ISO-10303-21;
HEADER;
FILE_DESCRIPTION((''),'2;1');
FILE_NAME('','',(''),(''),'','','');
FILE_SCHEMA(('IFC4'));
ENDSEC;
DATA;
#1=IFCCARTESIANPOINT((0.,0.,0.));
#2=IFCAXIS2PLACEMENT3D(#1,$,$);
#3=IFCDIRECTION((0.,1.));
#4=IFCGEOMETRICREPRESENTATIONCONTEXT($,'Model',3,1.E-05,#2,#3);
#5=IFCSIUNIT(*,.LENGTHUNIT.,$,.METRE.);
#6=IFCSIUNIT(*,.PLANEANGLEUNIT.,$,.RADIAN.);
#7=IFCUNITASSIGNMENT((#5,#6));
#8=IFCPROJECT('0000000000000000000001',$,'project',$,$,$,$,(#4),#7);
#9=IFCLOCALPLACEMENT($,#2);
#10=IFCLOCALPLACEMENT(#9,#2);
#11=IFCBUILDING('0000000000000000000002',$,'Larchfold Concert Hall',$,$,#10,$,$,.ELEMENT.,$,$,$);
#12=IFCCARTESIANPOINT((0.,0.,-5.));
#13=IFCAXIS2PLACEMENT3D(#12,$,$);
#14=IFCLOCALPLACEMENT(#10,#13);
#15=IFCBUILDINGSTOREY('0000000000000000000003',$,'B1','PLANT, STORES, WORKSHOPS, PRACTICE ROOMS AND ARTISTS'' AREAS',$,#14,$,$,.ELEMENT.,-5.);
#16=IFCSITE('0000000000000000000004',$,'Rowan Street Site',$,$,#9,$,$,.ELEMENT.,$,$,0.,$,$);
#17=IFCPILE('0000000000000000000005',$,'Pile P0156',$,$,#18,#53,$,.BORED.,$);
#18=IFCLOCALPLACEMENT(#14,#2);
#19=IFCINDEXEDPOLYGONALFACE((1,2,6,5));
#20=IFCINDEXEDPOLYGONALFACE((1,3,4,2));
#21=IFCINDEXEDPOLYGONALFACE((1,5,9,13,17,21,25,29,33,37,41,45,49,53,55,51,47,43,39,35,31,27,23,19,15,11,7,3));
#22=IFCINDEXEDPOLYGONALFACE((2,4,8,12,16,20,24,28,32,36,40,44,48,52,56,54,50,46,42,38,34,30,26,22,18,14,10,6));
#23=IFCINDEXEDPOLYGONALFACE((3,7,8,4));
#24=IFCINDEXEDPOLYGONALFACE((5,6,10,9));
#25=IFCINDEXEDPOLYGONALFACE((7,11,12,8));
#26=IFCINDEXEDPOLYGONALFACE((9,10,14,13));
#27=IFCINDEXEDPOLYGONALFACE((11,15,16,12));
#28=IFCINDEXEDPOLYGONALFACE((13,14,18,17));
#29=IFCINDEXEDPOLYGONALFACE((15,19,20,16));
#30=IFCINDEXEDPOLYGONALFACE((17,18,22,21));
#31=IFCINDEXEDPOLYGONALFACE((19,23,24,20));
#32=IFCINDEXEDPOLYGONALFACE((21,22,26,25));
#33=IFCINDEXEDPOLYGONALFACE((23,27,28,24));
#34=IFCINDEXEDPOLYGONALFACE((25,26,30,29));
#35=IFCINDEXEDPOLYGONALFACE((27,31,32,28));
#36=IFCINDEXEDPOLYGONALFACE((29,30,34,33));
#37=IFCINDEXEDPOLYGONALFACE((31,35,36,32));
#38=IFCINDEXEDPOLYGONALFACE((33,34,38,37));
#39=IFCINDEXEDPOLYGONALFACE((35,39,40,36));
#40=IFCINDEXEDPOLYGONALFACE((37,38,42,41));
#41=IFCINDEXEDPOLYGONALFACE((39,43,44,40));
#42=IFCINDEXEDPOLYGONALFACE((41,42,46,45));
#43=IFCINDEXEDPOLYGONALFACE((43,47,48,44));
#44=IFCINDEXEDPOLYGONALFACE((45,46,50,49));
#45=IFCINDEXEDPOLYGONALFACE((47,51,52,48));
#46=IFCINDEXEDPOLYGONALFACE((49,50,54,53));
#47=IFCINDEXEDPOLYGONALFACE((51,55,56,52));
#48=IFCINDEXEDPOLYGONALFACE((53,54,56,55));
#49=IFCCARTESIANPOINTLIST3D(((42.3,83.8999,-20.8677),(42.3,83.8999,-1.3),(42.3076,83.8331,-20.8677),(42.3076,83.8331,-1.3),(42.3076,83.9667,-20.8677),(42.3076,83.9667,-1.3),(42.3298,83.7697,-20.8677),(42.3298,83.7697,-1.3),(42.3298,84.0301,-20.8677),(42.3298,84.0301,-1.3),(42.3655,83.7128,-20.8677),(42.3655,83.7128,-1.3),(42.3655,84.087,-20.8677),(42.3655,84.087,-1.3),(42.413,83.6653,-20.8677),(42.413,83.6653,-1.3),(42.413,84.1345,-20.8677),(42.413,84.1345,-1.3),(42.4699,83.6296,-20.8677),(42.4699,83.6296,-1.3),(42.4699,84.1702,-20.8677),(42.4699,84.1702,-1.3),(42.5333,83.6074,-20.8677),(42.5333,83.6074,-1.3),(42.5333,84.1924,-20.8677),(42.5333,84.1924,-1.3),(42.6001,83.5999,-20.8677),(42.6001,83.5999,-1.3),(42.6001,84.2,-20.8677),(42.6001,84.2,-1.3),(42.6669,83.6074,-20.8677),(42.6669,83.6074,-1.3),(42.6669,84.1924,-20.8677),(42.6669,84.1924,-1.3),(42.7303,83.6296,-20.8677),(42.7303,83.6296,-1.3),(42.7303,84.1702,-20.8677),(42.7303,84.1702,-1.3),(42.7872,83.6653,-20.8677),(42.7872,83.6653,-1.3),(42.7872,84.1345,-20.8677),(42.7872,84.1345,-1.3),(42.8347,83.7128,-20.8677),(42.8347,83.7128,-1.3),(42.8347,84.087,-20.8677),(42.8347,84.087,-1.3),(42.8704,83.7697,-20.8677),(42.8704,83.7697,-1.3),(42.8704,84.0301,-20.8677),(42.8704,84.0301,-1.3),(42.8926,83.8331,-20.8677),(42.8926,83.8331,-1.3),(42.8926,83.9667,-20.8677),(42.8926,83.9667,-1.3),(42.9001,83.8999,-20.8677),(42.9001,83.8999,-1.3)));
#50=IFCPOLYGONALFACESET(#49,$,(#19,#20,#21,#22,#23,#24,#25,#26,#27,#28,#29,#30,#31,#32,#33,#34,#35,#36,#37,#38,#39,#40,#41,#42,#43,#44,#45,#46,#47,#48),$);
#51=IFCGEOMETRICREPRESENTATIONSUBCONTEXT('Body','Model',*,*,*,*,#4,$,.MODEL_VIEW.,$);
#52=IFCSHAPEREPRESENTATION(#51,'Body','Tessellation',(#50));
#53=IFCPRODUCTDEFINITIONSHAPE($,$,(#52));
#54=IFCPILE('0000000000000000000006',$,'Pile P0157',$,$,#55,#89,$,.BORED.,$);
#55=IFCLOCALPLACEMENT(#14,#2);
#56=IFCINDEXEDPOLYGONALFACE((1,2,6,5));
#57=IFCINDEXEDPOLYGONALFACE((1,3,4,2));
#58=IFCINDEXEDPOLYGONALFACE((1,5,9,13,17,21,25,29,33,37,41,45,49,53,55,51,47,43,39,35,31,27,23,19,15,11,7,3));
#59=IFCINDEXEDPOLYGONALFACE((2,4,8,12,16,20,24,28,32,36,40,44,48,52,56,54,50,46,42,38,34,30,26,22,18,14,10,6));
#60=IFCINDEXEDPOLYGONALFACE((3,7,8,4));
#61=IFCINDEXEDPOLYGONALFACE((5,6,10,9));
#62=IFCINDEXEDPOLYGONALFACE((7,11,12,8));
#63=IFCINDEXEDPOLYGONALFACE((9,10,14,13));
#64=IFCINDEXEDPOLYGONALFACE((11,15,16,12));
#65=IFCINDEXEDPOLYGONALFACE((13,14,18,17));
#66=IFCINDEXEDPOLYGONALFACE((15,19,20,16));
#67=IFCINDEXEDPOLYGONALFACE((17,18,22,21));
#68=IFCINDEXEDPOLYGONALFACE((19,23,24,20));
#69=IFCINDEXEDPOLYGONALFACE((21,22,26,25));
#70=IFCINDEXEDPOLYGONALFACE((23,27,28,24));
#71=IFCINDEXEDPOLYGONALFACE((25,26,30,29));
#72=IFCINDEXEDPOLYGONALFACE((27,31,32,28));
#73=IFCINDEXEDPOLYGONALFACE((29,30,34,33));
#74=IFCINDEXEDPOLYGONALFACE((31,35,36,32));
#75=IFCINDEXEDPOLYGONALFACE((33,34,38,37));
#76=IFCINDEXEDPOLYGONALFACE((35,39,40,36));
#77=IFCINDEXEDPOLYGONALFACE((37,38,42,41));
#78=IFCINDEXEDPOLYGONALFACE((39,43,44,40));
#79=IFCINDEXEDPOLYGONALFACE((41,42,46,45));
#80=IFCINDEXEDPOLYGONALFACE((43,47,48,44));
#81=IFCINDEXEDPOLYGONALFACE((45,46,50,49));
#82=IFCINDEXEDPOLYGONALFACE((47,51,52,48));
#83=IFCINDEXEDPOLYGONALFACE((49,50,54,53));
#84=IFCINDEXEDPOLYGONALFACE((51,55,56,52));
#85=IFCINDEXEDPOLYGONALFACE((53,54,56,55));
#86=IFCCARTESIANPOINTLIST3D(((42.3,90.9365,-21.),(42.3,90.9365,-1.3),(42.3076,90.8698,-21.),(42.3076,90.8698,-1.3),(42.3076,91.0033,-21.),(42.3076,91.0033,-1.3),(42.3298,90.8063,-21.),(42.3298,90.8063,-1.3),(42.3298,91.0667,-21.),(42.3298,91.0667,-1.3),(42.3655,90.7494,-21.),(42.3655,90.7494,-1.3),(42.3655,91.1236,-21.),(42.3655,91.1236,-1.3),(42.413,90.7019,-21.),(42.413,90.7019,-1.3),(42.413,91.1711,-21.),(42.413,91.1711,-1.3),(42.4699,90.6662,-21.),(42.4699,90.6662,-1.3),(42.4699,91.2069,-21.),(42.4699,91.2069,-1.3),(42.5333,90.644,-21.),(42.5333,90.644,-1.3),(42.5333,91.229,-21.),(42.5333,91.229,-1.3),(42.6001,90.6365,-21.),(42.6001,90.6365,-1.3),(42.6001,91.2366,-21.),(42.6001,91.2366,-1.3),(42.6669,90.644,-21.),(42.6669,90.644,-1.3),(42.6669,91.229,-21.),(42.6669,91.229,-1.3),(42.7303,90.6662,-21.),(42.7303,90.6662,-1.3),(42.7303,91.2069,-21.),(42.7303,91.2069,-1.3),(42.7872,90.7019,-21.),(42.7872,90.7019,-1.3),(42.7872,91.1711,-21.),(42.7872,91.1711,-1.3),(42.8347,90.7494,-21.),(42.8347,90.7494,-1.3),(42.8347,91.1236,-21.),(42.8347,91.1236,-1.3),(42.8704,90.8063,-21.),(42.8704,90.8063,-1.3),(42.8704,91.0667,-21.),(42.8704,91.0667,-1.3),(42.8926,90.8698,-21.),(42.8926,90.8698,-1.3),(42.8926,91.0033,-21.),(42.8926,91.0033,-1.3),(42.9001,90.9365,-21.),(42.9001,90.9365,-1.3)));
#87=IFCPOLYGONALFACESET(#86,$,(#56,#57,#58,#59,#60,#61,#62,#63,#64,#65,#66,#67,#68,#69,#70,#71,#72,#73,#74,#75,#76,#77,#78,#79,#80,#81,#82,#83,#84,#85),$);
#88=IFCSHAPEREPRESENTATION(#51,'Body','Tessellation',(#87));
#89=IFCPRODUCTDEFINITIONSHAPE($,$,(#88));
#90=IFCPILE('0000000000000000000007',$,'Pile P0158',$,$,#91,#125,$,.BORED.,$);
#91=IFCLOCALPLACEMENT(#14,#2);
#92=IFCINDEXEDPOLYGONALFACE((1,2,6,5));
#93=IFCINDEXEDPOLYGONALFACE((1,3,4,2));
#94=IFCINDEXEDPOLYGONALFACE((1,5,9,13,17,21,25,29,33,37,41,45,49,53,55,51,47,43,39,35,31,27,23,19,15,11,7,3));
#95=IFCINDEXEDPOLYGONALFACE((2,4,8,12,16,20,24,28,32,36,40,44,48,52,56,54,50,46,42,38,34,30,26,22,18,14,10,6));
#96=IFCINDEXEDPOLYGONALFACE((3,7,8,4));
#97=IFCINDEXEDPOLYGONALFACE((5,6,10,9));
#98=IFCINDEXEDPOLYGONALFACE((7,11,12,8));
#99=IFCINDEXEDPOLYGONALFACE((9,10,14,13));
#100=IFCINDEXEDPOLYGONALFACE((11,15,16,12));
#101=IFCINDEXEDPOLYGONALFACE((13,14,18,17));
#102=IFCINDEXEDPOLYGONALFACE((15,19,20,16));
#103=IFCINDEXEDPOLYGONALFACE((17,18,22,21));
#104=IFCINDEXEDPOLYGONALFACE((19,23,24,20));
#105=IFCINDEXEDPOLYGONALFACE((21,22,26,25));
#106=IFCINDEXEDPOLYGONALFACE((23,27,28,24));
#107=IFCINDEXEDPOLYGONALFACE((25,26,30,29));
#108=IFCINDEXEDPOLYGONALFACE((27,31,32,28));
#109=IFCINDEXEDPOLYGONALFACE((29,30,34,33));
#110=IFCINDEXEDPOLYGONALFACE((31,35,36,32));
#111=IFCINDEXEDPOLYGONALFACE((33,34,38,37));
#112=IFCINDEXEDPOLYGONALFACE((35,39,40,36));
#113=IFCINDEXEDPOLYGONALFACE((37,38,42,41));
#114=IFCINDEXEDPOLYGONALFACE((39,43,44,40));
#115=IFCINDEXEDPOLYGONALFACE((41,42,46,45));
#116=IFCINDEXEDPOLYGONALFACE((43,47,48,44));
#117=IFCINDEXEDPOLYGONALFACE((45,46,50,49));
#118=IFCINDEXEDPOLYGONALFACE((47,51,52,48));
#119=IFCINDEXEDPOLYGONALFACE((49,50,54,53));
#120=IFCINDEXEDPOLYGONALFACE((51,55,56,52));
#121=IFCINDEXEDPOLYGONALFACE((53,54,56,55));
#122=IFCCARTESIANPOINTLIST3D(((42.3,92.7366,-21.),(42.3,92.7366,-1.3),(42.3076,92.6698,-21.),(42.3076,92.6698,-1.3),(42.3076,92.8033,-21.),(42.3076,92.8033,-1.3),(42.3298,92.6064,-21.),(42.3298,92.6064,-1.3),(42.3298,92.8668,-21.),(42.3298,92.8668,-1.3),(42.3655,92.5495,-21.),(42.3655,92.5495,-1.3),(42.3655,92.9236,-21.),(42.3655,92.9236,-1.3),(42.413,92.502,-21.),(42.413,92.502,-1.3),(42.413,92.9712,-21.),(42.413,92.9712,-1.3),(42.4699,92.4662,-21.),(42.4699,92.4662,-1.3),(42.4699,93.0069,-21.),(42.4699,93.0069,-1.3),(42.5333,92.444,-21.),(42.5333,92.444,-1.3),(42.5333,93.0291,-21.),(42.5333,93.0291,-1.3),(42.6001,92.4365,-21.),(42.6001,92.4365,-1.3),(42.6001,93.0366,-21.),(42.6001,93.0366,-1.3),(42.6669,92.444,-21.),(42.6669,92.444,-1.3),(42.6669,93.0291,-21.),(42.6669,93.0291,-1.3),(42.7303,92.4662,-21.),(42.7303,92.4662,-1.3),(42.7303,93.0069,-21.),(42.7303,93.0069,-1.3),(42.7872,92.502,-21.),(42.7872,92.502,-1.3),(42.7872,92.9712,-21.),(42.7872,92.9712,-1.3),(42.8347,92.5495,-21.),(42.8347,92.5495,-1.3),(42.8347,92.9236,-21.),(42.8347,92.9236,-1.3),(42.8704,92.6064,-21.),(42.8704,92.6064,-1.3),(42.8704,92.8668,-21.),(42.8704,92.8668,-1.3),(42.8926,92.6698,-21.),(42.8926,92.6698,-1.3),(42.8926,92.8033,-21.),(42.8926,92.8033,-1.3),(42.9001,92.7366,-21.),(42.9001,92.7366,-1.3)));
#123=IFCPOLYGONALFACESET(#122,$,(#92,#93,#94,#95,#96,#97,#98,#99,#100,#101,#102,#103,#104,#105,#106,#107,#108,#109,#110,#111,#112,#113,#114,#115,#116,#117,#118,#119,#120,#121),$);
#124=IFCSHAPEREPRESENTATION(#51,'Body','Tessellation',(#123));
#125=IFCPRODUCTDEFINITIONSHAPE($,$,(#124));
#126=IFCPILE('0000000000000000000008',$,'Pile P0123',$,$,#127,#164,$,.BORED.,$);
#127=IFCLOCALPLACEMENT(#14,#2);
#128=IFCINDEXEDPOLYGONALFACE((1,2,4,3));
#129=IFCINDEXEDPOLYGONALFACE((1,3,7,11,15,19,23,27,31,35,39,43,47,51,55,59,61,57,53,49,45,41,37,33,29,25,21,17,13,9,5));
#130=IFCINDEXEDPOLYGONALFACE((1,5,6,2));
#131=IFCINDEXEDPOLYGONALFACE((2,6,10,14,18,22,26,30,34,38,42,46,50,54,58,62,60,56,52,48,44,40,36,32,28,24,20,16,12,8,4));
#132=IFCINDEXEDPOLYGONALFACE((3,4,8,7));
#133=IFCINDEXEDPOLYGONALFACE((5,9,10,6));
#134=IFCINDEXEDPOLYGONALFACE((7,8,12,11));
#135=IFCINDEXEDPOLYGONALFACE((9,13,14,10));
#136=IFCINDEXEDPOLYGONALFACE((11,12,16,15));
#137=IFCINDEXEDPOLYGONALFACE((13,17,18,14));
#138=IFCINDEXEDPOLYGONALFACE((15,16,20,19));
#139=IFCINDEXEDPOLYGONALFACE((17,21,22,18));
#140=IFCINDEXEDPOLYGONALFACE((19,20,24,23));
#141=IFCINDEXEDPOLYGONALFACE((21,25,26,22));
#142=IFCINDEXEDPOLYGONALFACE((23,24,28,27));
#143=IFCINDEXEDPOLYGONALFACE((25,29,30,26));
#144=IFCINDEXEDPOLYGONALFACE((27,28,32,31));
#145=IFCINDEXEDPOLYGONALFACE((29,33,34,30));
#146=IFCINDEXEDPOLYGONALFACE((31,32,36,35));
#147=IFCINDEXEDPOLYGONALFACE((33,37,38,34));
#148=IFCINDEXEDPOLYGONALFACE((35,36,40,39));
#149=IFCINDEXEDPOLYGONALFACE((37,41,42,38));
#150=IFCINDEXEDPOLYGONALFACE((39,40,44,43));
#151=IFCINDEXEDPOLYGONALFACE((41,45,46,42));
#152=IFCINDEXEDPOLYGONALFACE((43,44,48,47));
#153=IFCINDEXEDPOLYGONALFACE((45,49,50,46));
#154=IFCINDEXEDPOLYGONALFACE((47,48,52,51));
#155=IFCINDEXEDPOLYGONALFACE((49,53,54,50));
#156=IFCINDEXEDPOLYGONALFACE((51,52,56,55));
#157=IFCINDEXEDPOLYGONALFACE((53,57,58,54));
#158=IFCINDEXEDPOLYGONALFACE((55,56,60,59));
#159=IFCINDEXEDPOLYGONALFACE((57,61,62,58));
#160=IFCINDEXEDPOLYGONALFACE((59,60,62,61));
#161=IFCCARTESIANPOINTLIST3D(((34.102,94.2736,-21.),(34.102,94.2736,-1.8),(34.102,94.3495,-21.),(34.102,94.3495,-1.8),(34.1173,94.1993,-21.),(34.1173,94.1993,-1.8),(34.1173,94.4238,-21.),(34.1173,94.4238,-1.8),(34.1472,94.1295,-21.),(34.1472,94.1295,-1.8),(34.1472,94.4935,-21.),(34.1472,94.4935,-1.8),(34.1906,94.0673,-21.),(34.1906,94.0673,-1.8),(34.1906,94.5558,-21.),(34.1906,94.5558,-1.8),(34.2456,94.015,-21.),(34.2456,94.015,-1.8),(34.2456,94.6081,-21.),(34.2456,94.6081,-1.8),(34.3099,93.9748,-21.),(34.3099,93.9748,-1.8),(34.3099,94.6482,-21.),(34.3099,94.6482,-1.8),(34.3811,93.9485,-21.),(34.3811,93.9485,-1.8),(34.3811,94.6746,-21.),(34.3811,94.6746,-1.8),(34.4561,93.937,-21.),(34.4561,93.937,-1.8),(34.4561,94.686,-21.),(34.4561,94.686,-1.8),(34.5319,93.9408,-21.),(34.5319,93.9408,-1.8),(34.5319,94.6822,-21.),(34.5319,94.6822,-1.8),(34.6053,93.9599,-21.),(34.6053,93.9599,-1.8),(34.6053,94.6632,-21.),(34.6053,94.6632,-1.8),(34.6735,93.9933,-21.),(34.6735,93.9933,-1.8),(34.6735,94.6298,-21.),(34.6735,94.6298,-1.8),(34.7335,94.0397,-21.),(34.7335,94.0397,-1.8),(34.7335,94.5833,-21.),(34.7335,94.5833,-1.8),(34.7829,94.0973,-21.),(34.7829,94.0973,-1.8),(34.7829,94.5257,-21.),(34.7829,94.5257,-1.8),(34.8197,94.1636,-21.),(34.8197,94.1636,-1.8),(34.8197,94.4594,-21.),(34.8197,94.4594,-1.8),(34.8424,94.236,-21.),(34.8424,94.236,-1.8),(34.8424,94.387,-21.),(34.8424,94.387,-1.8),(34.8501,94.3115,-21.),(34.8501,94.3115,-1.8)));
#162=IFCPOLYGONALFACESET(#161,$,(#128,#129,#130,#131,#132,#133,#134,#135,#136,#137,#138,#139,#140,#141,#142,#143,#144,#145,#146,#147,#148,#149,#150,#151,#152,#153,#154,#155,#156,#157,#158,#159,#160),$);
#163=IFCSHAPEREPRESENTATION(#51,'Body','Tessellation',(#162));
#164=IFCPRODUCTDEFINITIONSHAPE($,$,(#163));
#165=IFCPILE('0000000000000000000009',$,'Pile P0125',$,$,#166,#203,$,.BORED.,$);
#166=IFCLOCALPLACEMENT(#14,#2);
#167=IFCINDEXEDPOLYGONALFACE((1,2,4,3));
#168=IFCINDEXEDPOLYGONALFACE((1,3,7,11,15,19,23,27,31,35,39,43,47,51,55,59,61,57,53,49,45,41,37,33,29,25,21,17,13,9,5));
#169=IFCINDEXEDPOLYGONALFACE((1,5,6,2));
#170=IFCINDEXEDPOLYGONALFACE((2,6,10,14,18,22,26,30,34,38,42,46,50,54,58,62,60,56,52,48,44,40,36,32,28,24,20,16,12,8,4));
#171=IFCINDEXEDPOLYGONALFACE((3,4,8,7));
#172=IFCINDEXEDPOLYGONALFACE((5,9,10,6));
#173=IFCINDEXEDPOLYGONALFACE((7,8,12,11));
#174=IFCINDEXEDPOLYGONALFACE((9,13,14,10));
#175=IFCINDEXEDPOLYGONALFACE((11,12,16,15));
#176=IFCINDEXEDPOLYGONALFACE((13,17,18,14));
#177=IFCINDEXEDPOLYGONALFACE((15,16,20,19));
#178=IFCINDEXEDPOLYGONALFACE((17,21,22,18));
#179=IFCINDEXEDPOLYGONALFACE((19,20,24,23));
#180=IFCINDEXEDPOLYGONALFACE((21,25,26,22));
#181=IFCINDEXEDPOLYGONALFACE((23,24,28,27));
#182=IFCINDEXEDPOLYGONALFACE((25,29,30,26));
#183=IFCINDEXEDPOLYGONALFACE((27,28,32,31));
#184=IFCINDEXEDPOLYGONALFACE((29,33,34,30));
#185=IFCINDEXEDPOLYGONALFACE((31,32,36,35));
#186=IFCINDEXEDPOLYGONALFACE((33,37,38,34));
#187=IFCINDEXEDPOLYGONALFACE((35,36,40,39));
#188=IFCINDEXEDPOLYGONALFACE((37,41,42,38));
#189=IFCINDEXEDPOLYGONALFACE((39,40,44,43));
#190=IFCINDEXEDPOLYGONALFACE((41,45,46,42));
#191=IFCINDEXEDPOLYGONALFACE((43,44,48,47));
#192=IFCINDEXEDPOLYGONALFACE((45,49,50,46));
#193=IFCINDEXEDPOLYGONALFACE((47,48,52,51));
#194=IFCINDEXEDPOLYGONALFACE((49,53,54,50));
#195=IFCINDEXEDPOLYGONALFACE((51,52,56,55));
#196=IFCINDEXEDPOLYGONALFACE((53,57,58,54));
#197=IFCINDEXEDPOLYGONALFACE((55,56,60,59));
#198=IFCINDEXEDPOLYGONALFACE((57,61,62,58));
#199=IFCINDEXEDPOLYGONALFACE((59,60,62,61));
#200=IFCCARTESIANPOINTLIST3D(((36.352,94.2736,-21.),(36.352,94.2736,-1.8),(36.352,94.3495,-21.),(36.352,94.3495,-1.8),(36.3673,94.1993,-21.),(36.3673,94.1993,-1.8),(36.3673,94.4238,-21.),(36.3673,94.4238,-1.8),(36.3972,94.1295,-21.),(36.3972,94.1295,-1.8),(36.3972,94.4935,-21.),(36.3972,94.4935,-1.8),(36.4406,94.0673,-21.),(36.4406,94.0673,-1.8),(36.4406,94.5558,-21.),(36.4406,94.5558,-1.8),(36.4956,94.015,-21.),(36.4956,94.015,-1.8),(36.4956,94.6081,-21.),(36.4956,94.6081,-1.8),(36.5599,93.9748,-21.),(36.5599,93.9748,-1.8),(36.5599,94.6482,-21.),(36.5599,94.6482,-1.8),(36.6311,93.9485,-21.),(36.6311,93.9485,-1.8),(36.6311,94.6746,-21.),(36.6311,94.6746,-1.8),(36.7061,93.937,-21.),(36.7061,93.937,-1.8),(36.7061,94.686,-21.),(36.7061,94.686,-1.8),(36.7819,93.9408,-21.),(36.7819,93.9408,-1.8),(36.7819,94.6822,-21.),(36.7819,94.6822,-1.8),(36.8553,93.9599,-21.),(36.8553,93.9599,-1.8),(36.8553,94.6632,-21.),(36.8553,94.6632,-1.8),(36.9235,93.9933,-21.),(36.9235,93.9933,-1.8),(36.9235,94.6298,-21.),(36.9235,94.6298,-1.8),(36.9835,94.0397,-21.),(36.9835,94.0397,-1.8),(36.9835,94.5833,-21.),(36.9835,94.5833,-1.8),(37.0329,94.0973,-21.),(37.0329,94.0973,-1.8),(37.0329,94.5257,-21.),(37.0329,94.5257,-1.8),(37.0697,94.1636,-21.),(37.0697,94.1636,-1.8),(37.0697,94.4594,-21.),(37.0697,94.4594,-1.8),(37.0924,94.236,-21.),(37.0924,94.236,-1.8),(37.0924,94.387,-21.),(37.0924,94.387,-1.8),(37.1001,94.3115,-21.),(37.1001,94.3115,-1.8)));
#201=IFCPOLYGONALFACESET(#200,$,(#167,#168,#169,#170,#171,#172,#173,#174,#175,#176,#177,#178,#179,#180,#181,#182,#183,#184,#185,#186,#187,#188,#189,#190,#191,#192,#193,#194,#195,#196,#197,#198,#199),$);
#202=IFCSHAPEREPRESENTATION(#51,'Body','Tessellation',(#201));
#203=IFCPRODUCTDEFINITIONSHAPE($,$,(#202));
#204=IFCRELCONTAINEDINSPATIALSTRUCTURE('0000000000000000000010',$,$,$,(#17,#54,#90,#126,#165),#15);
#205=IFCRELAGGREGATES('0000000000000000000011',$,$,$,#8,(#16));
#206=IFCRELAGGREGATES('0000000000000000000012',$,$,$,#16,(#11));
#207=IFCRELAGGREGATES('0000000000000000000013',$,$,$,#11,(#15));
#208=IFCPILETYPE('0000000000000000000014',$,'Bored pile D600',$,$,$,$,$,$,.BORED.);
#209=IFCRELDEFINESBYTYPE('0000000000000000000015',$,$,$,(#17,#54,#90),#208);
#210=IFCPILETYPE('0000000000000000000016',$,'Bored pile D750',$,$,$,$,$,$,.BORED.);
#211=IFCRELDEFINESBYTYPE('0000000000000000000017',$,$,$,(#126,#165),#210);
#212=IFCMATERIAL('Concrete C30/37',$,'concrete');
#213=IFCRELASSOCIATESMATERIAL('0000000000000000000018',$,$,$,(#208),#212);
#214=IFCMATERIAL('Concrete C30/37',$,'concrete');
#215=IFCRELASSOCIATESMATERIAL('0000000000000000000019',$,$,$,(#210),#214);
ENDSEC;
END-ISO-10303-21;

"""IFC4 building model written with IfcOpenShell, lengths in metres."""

from ifc_helpers import new_model, si_unit, direction, frame, origin, origin_2d, place, context, subcontext, project, spatial, circle, extrude, material, material_profile, profile_set, type_object, element, save


model = new_model("IFC4")

# Units and contexts
model_context = context("Model", 3, precision=1e-05, world=origin(), true_north=direction((0.0, 1.0)))
body_context = subcontext(model_context, "Body", "Model", "MODEL_VIEW")
ifc_project = project(units=[si_unit("LENGTHUNIT", "METRE"), si_unit("PLANEANGLEUNIT", "RADIAN")], contexts=[model_context])

# Site, building, storey
site_placement = place(None, origin())
site = spatial("IfcSite", under=ifc_project, at=site_placement, Name="Rowan Street Site", CompositionType="ELEMENT", RefElevation=0.0)
building_placement = place(site_placement, origin())
building = spatial("IfcBuilding", under=site, at=building_placement, Name="Larchfold Concert Hall", CompositionType="ELEMENT")
storey_placement = place(building_placement, frame((0.0, 0.0, -5.0)))
storey = spatial("IfcBuildingStorey", under=building, at=storey_placement, Name="B1", Description="PLANT, STORES, WORKSHOPS, PRACTICE ROOMS AND ARTISTS' AREAS", CompositionType="ELEMENT", Elevation=-5.0)

# Piles
ifc_material_1 = material(Name="Concrete C30/37", Category="concrete")
ifc_material_profile_1 = material_profile(ifc_material_1, circle(Radius=0.3, at=origin_2d()))
ifc_profile_set_1 = profile_set([ifc_material_profile_1], Name="Concrete C30/37")
pile_type_1 = type_object("IfcPileType", Name="Bored pile D600", PredefinedType="BORED", material=ifc_profile_set_1)
for number, where, z_axis, x_axis, name in (
    (1, (42.6001, 83.8999, -1.3), (0.0, 0.0, -1.0), (1.0, 0.0, 0.0), "Pile P0156"),
):
    element("IfcPile", number, at=place(storey_placement, frame(where, z_axis=z_axis, x_axis=x_axis)), inside=storey, type_object=pile_type_1, Name=name, PredefinedType="BORED", context=body_context, shape_type="SweptSolid", body=[
        extrude(circle(Radius=0.3, at=origin_2d()), origin(), (0.0, 0.0, 1.0), 19.5676),
    ])
for number, where, z_axis, x_axis, name in (
    (2, (42.6001, 90.9365, -1.3), (0.0, 0.0, -1.0), (1.0, 0.0, 0.0), "Pile P0157"),
    (3, (42.6001, 92.7366, -1.3), (0.0, 0.0, -1.0), (1.0, 0.0, 0.0), "Pile P0158"),
):
    element("IfcPile", number, at=place(storey_placement, frame(where, z_axis=z_axis, x_axis=x_axis)), inside=storey, type_object=pile_type_1, Name=name, PredefinedType="BORED", context=body_context, shape_type="SweptSolid", body=[
        extrude(circle(Radius=0.3, at=origin_2d()), origin(), (0.0, 0.0, 1.0), 19.7),
    ])
ifc_material_2 = material(Name="Concrete C30/37", Category="concrete")
ifc_material_profile_2 = material_profile(ifc_material_2, circle(Radius=0.375, at=origin_2d()))
ifc_profile_set_2 = profile_set([ifc_material_profile_2], Name="Concrete C30/37")
pile_type_2 = type_object("IfcPileType", Name="Bored pile D750", PredefinedType="BORED", material=ifc_profile_set_2)
for number, where, z_axis, x_axis, name in (
    (4, (34.4751, 94.3115, -1.8), (0.0, 0.0, -1.0), (1.0, 0.0, 0.0), "Pile P0123"),
    (5, (36.7251, 94.3115, -1.8), (0.0, 0.0, -1.0), (1.0, 0.0, 0.0), "Pile P0125"),
):
    element("IfcPile", number, at=place(storey_placement, frame(where, z_axis=z_axis, x_axis=x_axis)), inside=storey, type_object=pile_type_2, Name=name, PredefinedType="BORED", context=body_context, shape_type="SweptSolid", body=[
        extrude(circle(Radius=0.375, at=origin_2d()), origin(), (0.0, 0.0, 1.0), 19.2),
    ])

save(model, "model.ifc")
